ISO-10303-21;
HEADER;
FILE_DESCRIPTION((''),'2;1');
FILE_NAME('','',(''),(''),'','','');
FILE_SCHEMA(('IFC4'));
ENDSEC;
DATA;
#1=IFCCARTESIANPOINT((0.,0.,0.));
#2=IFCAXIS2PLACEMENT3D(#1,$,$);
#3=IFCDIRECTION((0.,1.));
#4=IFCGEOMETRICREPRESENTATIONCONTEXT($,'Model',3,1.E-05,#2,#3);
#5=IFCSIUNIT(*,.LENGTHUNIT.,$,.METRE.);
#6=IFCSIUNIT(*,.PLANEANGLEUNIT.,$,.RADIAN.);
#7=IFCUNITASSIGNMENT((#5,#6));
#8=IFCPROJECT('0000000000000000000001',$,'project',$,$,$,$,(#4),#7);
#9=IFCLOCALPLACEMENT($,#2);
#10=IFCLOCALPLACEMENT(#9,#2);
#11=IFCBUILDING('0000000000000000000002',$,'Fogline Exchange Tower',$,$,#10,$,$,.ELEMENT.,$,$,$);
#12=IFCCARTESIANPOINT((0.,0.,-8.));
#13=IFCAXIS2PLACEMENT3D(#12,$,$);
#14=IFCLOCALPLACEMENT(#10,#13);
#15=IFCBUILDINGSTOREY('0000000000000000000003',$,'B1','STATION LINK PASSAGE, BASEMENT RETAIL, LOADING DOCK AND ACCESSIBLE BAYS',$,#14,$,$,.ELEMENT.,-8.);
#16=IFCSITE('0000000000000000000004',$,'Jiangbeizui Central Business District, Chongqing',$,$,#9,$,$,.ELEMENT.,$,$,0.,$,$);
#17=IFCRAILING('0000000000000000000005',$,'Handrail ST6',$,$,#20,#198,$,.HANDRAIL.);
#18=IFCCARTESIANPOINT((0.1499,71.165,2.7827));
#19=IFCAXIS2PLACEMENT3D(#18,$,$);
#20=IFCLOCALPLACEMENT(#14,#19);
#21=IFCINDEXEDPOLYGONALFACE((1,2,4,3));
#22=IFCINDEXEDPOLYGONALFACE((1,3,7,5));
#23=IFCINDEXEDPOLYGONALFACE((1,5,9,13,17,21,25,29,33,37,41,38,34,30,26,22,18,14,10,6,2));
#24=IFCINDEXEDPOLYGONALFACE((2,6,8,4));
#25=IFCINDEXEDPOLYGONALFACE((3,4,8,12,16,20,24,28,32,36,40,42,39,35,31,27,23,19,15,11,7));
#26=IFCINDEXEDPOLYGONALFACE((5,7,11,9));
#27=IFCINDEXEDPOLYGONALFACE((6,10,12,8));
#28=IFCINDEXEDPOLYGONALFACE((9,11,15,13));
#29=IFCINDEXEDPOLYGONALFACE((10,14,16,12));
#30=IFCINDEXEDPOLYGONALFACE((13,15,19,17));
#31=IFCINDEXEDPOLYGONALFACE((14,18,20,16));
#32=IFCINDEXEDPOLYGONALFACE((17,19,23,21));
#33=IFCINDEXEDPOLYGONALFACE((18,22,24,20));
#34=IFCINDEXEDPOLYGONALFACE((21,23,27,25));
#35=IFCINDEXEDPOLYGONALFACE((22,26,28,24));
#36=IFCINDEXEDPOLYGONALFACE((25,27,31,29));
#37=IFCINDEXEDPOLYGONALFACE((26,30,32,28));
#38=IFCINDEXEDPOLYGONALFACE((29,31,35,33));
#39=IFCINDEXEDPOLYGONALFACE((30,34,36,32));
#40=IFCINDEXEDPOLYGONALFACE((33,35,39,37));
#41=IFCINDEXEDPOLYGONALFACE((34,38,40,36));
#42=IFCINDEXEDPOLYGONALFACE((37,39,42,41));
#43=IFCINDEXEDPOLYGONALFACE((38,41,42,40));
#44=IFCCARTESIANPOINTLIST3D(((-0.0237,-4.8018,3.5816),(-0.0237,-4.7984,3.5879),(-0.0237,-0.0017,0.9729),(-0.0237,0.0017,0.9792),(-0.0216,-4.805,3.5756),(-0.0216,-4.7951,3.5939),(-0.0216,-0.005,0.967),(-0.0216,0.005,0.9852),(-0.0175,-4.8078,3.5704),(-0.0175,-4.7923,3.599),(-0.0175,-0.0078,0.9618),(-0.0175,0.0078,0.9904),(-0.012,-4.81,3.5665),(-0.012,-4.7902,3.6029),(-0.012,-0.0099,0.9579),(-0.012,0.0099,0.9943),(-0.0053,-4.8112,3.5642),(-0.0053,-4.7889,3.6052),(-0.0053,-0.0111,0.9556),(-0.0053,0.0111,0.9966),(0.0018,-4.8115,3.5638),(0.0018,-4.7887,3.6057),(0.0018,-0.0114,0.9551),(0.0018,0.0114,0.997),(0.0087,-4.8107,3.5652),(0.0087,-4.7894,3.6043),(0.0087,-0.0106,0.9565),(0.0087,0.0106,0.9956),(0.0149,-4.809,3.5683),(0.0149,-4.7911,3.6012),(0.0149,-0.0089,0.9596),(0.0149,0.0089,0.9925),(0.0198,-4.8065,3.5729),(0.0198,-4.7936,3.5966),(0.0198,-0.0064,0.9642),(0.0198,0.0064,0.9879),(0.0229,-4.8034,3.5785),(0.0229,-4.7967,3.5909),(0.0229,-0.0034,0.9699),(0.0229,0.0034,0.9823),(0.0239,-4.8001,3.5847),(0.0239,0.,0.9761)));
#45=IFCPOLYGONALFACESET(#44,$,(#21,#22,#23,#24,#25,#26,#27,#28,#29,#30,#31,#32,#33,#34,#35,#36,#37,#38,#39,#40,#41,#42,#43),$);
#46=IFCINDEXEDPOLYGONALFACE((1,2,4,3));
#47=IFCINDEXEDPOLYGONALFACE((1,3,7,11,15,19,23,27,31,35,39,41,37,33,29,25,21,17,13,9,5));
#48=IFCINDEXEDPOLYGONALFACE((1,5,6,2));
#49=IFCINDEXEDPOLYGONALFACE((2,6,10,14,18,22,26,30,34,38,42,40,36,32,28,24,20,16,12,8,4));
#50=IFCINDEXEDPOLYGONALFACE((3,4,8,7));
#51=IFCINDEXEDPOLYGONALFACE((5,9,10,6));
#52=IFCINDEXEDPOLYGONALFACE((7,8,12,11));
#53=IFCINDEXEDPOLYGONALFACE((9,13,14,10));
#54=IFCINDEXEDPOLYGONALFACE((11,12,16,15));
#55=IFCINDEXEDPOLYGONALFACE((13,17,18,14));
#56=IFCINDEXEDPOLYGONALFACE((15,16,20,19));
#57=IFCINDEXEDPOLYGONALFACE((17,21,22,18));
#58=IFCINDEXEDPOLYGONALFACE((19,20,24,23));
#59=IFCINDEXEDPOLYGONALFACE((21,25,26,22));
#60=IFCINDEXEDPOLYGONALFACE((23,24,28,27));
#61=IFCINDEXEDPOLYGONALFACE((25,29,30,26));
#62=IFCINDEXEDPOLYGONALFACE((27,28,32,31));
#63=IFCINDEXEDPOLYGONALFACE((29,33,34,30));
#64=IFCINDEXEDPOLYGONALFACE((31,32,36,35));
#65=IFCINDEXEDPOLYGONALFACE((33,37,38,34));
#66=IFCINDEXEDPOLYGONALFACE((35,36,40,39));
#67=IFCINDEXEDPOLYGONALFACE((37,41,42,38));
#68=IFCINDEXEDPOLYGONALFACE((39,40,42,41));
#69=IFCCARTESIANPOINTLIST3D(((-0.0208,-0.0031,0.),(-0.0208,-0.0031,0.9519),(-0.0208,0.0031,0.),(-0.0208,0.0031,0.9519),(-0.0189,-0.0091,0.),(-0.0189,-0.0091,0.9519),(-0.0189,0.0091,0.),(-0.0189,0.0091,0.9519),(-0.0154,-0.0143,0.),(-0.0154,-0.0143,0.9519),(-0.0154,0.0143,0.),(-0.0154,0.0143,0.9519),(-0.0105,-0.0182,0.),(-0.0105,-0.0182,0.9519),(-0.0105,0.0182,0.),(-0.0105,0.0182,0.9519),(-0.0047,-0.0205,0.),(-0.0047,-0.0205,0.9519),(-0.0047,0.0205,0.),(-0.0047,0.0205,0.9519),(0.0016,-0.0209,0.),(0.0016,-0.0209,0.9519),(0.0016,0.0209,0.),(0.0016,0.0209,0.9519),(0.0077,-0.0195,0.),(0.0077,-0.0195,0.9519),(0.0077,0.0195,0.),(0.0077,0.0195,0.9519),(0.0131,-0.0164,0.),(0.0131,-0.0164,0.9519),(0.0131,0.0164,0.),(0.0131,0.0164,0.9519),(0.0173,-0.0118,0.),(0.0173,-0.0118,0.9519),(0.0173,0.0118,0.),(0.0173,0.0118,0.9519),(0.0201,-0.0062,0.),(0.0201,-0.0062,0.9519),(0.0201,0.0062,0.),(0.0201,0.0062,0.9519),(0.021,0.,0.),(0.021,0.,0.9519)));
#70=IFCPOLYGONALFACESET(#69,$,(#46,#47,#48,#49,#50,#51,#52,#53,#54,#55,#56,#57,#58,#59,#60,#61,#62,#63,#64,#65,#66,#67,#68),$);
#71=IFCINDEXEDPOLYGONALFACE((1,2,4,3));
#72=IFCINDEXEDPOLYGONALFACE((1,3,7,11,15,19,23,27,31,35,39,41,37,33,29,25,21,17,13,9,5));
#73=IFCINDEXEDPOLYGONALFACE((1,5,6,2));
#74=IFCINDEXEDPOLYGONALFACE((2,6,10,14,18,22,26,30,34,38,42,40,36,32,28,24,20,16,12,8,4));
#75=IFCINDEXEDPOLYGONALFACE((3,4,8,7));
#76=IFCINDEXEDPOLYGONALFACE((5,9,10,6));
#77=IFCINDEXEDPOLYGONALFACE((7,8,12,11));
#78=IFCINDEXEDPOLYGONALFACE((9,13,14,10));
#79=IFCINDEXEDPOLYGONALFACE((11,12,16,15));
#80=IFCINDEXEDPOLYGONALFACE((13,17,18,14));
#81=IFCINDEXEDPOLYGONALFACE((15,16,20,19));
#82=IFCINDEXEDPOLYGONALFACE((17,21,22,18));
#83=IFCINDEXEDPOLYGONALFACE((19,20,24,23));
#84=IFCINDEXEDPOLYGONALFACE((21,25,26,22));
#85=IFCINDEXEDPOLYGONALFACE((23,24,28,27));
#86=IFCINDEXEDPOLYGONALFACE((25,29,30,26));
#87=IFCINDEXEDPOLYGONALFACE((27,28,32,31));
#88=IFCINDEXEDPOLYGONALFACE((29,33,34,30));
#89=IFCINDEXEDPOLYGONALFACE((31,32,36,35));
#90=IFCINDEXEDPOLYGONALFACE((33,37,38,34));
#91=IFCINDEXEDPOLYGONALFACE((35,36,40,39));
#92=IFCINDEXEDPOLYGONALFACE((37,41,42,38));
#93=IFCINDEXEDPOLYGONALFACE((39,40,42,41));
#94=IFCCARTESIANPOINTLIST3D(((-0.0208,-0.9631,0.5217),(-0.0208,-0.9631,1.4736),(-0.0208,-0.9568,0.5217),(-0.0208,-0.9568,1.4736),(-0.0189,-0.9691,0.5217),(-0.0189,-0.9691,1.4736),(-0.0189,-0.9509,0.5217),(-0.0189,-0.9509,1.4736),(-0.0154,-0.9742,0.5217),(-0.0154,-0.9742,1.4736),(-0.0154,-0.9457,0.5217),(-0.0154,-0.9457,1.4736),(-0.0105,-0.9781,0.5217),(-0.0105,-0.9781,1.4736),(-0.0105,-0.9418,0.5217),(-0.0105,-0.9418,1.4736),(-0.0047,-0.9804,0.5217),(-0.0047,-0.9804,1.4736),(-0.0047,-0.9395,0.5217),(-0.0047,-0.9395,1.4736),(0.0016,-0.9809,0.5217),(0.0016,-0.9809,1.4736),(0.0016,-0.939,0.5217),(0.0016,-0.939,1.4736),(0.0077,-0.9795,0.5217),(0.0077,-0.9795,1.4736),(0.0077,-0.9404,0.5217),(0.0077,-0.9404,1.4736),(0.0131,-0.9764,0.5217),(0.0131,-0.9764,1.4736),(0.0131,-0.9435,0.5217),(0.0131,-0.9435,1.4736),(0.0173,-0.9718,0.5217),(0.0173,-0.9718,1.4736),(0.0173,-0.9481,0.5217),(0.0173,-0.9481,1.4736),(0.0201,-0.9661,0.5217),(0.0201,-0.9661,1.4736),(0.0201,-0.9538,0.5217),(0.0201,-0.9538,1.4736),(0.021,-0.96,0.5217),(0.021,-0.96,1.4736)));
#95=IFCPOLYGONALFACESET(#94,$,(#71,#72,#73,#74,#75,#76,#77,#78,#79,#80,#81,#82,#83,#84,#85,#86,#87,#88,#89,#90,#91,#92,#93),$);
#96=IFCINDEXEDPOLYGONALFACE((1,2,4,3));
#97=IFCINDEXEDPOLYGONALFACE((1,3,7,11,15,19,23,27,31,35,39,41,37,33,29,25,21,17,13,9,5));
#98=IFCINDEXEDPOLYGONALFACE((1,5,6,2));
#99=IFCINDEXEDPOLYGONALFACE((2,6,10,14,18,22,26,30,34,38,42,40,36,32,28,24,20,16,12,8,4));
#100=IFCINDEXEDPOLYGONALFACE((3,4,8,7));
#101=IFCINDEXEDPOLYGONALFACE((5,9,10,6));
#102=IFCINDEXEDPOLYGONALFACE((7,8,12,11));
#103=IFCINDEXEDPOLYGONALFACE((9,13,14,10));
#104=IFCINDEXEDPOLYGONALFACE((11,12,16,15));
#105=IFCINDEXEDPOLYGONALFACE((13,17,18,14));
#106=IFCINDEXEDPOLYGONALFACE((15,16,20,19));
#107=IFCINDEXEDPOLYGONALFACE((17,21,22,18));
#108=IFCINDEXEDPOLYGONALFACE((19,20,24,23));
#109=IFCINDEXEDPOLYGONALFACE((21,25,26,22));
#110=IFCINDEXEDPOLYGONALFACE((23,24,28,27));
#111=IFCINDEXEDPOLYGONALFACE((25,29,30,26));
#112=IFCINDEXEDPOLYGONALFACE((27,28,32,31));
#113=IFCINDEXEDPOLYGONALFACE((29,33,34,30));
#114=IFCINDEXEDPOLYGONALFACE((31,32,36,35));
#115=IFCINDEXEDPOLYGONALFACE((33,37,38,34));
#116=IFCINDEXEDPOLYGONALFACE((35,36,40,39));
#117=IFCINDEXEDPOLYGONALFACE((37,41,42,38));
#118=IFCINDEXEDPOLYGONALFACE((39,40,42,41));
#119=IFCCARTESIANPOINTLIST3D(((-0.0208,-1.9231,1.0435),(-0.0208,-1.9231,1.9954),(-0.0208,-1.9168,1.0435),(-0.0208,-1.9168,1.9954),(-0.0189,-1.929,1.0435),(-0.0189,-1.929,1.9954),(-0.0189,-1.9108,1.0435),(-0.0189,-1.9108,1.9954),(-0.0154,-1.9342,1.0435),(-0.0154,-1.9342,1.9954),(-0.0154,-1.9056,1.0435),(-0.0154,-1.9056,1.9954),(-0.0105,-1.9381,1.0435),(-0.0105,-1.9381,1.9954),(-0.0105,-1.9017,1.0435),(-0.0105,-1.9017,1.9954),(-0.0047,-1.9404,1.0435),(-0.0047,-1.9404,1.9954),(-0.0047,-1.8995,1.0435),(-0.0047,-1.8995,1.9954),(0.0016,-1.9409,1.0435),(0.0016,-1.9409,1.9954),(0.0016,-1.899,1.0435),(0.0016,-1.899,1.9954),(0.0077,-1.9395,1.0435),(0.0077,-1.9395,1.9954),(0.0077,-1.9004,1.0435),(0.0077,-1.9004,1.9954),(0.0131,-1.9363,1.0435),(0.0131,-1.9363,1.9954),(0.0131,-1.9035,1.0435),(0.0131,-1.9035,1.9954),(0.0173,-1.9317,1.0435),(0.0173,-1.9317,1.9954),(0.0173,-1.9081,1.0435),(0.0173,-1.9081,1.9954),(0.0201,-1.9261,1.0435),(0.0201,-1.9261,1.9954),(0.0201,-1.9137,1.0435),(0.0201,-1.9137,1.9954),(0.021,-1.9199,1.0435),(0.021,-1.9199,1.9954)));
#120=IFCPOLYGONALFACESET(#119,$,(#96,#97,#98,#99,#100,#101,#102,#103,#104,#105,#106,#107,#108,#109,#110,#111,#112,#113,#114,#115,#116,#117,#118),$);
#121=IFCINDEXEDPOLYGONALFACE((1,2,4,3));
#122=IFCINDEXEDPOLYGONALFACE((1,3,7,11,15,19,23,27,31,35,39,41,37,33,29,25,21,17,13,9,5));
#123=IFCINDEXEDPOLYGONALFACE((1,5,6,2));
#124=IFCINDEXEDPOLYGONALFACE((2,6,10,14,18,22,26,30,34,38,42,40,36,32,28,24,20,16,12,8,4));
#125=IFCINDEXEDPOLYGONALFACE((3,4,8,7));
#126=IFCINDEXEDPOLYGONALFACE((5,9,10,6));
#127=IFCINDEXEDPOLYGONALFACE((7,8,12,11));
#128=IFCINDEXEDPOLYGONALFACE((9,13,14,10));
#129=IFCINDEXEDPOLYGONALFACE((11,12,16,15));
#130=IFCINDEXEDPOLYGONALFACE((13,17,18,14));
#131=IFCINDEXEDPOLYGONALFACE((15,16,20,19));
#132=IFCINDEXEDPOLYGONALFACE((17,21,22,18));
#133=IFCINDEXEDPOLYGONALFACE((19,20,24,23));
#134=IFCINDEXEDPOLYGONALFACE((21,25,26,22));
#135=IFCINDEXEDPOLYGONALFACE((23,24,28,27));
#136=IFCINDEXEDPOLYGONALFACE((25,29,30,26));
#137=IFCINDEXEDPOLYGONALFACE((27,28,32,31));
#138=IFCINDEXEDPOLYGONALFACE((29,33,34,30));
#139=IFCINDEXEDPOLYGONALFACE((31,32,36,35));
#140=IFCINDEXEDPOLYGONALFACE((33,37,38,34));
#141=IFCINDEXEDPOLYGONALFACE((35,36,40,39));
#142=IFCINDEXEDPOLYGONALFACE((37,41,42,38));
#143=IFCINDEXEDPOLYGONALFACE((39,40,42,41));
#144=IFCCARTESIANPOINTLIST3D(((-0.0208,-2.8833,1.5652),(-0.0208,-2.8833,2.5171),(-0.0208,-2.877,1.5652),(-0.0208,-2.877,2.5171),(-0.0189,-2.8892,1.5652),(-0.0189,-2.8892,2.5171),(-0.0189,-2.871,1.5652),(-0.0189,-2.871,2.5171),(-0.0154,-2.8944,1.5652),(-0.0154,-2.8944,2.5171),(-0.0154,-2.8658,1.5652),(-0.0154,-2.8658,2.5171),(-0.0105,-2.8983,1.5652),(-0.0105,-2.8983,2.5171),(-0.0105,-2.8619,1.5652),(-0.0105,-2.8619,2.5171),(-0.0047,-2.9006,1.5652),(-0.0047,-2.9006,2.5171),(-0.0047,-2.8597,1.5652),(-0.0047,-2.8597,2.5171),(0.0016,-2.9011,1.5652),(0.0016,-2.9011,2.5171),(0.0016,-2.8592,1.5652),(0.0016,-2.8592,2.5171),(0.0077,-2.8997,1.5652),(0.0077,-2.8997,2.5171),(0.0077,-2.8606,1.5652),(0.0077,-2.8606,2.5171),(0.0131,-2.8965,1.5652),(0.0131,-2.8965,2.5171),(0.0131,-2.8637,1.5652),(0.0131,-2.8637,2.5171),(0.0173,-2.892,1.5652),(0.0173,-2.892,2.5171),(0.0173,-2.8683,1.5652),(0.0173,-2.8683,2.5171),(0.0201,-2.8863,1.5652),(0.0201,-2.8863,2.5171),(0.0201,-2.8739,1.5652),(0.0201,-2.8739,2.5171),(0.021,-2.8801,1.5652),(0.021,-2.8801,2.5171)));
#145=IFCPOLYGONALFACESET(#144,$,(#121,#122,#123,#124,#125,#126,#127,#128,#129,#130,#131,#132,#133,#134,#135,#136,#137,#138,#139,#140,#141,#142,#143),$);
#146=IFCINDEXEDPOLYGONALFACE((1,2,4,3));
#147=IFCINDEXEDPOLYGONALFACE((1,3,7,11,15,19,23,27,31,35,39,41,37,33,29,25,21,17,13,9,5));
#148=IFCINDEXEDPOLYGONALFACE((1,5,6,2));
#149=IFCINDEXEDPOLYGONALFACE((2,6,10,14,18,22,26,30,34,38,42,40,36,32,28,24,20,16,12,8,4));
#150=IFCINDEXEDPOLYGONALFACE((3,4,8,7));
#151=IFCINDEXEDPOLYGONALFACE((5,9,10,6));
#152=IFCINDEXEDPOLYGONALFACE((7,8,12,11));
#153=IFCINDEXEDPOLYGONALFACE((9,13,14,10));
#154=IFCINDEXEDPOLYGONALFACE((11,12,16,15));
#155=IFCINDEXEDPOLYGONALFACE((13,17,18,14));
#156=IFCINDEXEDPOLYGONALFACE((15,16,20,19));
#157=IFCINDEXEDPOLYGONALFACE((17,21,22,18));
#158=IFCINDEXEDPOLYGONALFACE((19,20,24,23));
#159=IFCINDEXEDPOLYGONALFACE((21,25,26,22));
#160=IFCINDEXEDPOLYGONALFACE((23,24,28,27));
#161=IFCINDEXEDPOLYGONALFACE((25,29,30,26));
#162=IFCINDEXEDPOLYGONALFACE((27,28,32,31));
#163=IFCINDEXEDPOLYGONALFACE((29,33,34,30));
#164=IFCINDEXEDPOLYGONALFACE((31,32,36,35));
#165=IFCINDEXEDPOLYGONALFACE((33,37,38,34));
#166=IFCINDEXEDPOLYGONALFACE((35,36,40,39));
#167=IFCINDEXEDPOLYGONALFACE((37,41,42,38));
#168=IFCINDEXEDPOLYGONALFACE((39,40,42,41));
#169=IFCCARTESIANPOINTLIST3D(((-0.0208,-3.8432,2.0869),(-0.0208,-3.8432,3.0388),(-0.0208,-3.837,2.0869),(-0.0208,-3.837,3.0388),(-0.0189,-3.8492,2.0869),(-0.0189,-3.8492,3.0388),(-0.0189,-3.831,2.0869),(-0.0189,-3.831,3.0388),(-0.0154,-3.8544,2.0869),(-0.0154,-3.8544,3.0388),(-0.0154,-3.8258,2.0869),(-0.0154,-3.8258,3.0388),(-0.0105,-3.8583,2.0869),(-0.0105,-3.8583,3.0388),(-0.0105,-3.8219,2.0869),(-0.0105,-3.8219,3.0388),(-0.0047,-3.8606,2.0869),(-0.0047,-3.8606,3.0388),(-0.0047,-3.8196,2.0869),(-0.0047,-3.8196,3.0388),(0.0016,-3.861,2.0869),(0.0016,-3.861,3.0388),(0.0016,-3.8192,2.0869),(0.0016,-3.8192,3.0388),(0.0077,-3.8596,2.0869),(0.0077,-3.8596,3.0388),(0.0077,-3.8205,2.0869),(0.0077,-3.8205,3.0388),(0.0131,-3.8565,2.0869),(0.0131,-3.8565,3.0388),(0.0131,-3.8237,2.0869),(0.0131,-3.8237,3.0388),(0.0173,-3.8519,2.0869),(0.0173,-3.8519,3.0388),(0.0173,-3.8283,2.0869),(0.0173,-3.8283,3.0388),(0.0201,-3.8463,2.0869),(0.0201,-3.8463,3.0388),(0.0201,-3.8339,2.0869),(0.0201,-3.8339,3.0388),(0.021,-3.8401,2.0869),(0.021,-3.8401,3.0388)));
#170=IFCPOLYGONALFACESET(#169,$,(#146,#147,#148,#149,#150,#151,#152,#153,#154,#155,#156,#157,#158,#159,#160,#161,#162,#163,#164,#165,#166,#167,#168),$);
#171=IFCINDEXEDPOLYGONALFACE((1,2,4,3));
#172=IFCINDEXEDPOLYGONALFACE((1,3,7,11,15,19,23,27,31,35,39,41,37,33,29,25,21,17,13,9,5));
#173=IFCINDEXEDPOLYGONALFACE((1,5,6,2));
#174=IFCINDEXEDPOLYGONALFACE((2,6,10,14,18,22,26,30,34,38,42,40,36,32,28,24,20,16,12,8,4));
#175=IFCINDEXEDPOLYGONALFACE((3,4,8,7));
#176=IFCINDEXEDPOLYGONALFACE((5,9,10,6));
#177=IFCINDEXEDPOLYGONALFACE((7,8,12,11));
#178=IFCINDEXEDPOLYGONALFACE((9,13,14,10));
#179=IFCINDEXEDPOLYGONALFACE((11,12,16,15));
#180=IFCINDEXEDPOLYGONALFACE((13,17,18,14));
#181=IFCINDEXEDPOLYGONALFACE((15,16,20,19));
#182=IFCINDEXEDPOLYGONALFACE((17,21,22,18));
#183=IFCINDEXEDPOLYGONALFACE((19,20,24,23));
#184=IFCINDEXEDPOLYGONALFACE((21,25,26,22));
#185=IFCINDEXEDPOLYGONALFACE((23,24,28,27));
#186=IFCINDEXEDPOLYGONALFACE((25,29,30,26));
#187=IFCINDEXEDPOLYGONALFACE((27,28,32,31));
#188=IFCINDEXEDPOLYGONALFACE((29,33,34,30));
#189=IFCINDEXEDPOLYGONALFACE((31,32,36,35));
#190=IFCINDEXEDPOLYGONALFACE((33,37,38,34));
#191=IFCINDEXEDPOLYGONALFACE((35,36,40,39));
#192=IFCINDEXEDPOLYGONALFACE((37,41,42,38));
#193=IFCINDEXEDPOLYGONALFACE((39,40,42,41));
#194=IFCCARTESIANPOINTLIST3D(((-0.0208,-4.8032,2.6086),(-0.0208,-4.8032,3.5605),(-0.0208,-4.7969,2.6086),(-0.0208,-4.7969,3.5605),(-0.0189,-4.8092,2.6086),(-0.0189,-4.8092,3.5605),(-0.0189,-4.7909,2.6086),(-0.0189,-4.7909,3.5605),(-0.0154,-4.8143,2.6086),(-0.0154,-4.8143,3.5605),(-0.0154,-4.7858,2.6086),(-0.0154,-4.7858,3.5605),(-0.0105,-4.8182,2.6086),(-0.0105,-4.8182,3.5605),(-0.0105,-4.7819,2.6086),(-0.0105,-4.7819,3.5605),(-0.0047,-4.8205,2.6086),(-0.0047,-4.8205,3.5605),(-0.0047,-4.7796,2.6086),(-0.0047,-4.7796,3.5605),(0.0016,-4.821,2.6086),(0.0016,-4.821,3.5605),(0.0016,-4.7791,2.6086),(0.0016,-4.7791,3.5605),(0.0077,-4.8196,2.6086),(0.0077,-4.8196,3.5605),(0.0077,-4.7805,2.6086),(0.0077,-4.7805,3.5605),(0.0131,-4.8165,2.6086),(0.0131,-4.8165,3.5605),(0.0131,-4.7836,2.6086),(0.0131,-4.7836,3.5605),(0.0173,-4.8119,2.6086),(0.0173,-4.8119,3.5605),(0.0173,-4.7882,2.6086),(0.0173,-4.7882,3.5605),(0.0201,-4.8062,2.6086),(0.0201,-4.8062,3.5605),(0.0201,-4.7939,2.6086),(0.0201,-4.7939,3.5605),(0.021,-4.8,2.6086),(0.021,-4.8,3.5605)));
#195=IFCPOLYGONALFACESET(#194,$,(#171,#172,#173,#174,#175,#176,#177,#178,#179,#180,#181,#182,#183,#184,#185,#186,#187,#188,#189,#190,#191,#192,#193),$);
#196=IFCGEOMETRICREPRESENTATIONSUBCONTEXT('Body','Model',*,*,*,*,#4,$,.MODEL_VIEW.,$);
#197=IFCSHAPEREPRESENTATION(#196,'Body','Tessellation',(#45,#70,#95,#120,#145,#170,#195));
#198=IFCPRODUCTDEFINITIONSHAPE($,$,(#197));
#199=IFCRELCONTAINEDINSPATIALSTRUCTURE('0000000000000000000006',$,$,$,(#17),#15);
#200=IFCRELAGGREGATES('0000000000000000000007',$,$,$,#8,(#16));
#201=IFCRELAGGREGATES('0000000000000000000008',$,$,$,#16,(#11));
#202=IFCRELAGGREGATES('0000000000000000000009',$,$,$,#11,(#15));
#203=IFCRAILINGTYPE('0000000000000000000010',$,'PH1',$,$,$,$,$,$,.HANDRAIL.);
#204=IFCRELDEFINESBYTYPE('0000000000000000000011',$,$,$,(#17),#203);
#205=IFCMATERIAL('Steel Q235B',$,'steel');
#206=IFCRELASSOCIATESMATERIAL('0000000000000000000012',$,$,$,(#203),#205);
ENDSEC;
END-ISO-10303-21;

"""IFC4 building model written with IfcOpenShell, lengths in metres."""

from ifc_helpers import new_model, si_unit, direction, frame, origin, origin_2d, place, context, subcontext, project, spatial, circle, extrude, material, type_object, element, save


model = new_model("IFC4")

# Units and contexts
model_context = context("Model", 3, precision=1e-05, world=origin(), true_north=direction((0.0, 1.0)))
body_context = subcontext(model_context, "Body", "Model", "MODEL_VIEW")
ifc_project = project(units=[si_unit("LENGTHUNIT", "METRE"), si_unit("PLANEANGLEUNIT", "RADIAN")], contexts=[model_context])

# Site, building, storey
site_placement = place(None, origin())
site = spatial("IfcSite", under=ifc_project, at=site_placement, Name="Jiangbeizui Central Business District, Chongqing", CompositionType="ELEMENT", RefElevation=0.0)
building_placement = place(site_placement, origin())
building = spatial("IfcBuilding", under=site, at=building_placement, Name="Fogline Exchange Tower", CompositionType="ELEMENT")
storey_placement = place(building_placement, frame((0.0, 0.0, -8.0)))
storey = spatial("IfcBuildingStorey", under=building, at=storey_placement, Name="B1", Description="STATION LINK PASSAGE, BASEMENT RETAIL, LOADING DOCK AND ACCESSIBLE BAYS", CompositionType="ELEMENT", Elevation=-8.0)

# Shared definitions
ifc_material_1 = material(Name="Steel Q235B", Category="steel")

# Railing
railing_type_1 = type_object("IfcRailingType", Name="PH1", PredefinedType="HANDRAIL", material=ifc_material_1)
for number, where, name in (
    (1, (0.1499, 71.165, 2.7827), "Handrail ST6"),
):
    element("IfcRailing", number, at=place(storey_placement, frame(where)), inside=storey, type_object=railing_type_1, Name=name, PredefinedType="HANDRAIL", context=body_context, shape_type="SweptSolid", body=[
        extrude(circle(Radius=0.0239, at=origin_2d()), frame((0.0, 0.0, 0.9761), z_axis=(0.0, -0.878631, 0.477502), x_axis=(1.0, 0.0, 0.0)), (0.0, 0.0, 1.0), 5.4631),
        extrude(circle(Radius=0.021, at=origin_2d()), origin(), (0.0, 0.0, 1.0), 0.9519),
        extrude(circle(Radius=0.021, at=origin_2d()), frame((0.0, -0.96, 0.5217)), (0.0, 0.0, 1.0), 0.9519),
        extrude(circle(Radius=0.021, at=origin_2d()), frame((0.0, -1.9199, 1.0435)), (0.0, 0.0, 1.0), 0.9519),
        extrude(circle(Radius=0.021, at=origin_2d()), frame((0.0, -2.8801, 1.5652)), (0.0, 0.0, 1.0), 0.9519),
        extrude(circle(Radius=0.021, at=origin_2d()), frame((0.0, -3.8401, 2.0869)), (0.0, 0.0, 1.0), 0.9519),
        extrude(circle(Radius=0.021, at=origin_2d()), frame((0.0, -4.8, 2.6086)), (0.0, 0.0, 1.0), 0.9519),
    ])

save(model, "model.ifc")
